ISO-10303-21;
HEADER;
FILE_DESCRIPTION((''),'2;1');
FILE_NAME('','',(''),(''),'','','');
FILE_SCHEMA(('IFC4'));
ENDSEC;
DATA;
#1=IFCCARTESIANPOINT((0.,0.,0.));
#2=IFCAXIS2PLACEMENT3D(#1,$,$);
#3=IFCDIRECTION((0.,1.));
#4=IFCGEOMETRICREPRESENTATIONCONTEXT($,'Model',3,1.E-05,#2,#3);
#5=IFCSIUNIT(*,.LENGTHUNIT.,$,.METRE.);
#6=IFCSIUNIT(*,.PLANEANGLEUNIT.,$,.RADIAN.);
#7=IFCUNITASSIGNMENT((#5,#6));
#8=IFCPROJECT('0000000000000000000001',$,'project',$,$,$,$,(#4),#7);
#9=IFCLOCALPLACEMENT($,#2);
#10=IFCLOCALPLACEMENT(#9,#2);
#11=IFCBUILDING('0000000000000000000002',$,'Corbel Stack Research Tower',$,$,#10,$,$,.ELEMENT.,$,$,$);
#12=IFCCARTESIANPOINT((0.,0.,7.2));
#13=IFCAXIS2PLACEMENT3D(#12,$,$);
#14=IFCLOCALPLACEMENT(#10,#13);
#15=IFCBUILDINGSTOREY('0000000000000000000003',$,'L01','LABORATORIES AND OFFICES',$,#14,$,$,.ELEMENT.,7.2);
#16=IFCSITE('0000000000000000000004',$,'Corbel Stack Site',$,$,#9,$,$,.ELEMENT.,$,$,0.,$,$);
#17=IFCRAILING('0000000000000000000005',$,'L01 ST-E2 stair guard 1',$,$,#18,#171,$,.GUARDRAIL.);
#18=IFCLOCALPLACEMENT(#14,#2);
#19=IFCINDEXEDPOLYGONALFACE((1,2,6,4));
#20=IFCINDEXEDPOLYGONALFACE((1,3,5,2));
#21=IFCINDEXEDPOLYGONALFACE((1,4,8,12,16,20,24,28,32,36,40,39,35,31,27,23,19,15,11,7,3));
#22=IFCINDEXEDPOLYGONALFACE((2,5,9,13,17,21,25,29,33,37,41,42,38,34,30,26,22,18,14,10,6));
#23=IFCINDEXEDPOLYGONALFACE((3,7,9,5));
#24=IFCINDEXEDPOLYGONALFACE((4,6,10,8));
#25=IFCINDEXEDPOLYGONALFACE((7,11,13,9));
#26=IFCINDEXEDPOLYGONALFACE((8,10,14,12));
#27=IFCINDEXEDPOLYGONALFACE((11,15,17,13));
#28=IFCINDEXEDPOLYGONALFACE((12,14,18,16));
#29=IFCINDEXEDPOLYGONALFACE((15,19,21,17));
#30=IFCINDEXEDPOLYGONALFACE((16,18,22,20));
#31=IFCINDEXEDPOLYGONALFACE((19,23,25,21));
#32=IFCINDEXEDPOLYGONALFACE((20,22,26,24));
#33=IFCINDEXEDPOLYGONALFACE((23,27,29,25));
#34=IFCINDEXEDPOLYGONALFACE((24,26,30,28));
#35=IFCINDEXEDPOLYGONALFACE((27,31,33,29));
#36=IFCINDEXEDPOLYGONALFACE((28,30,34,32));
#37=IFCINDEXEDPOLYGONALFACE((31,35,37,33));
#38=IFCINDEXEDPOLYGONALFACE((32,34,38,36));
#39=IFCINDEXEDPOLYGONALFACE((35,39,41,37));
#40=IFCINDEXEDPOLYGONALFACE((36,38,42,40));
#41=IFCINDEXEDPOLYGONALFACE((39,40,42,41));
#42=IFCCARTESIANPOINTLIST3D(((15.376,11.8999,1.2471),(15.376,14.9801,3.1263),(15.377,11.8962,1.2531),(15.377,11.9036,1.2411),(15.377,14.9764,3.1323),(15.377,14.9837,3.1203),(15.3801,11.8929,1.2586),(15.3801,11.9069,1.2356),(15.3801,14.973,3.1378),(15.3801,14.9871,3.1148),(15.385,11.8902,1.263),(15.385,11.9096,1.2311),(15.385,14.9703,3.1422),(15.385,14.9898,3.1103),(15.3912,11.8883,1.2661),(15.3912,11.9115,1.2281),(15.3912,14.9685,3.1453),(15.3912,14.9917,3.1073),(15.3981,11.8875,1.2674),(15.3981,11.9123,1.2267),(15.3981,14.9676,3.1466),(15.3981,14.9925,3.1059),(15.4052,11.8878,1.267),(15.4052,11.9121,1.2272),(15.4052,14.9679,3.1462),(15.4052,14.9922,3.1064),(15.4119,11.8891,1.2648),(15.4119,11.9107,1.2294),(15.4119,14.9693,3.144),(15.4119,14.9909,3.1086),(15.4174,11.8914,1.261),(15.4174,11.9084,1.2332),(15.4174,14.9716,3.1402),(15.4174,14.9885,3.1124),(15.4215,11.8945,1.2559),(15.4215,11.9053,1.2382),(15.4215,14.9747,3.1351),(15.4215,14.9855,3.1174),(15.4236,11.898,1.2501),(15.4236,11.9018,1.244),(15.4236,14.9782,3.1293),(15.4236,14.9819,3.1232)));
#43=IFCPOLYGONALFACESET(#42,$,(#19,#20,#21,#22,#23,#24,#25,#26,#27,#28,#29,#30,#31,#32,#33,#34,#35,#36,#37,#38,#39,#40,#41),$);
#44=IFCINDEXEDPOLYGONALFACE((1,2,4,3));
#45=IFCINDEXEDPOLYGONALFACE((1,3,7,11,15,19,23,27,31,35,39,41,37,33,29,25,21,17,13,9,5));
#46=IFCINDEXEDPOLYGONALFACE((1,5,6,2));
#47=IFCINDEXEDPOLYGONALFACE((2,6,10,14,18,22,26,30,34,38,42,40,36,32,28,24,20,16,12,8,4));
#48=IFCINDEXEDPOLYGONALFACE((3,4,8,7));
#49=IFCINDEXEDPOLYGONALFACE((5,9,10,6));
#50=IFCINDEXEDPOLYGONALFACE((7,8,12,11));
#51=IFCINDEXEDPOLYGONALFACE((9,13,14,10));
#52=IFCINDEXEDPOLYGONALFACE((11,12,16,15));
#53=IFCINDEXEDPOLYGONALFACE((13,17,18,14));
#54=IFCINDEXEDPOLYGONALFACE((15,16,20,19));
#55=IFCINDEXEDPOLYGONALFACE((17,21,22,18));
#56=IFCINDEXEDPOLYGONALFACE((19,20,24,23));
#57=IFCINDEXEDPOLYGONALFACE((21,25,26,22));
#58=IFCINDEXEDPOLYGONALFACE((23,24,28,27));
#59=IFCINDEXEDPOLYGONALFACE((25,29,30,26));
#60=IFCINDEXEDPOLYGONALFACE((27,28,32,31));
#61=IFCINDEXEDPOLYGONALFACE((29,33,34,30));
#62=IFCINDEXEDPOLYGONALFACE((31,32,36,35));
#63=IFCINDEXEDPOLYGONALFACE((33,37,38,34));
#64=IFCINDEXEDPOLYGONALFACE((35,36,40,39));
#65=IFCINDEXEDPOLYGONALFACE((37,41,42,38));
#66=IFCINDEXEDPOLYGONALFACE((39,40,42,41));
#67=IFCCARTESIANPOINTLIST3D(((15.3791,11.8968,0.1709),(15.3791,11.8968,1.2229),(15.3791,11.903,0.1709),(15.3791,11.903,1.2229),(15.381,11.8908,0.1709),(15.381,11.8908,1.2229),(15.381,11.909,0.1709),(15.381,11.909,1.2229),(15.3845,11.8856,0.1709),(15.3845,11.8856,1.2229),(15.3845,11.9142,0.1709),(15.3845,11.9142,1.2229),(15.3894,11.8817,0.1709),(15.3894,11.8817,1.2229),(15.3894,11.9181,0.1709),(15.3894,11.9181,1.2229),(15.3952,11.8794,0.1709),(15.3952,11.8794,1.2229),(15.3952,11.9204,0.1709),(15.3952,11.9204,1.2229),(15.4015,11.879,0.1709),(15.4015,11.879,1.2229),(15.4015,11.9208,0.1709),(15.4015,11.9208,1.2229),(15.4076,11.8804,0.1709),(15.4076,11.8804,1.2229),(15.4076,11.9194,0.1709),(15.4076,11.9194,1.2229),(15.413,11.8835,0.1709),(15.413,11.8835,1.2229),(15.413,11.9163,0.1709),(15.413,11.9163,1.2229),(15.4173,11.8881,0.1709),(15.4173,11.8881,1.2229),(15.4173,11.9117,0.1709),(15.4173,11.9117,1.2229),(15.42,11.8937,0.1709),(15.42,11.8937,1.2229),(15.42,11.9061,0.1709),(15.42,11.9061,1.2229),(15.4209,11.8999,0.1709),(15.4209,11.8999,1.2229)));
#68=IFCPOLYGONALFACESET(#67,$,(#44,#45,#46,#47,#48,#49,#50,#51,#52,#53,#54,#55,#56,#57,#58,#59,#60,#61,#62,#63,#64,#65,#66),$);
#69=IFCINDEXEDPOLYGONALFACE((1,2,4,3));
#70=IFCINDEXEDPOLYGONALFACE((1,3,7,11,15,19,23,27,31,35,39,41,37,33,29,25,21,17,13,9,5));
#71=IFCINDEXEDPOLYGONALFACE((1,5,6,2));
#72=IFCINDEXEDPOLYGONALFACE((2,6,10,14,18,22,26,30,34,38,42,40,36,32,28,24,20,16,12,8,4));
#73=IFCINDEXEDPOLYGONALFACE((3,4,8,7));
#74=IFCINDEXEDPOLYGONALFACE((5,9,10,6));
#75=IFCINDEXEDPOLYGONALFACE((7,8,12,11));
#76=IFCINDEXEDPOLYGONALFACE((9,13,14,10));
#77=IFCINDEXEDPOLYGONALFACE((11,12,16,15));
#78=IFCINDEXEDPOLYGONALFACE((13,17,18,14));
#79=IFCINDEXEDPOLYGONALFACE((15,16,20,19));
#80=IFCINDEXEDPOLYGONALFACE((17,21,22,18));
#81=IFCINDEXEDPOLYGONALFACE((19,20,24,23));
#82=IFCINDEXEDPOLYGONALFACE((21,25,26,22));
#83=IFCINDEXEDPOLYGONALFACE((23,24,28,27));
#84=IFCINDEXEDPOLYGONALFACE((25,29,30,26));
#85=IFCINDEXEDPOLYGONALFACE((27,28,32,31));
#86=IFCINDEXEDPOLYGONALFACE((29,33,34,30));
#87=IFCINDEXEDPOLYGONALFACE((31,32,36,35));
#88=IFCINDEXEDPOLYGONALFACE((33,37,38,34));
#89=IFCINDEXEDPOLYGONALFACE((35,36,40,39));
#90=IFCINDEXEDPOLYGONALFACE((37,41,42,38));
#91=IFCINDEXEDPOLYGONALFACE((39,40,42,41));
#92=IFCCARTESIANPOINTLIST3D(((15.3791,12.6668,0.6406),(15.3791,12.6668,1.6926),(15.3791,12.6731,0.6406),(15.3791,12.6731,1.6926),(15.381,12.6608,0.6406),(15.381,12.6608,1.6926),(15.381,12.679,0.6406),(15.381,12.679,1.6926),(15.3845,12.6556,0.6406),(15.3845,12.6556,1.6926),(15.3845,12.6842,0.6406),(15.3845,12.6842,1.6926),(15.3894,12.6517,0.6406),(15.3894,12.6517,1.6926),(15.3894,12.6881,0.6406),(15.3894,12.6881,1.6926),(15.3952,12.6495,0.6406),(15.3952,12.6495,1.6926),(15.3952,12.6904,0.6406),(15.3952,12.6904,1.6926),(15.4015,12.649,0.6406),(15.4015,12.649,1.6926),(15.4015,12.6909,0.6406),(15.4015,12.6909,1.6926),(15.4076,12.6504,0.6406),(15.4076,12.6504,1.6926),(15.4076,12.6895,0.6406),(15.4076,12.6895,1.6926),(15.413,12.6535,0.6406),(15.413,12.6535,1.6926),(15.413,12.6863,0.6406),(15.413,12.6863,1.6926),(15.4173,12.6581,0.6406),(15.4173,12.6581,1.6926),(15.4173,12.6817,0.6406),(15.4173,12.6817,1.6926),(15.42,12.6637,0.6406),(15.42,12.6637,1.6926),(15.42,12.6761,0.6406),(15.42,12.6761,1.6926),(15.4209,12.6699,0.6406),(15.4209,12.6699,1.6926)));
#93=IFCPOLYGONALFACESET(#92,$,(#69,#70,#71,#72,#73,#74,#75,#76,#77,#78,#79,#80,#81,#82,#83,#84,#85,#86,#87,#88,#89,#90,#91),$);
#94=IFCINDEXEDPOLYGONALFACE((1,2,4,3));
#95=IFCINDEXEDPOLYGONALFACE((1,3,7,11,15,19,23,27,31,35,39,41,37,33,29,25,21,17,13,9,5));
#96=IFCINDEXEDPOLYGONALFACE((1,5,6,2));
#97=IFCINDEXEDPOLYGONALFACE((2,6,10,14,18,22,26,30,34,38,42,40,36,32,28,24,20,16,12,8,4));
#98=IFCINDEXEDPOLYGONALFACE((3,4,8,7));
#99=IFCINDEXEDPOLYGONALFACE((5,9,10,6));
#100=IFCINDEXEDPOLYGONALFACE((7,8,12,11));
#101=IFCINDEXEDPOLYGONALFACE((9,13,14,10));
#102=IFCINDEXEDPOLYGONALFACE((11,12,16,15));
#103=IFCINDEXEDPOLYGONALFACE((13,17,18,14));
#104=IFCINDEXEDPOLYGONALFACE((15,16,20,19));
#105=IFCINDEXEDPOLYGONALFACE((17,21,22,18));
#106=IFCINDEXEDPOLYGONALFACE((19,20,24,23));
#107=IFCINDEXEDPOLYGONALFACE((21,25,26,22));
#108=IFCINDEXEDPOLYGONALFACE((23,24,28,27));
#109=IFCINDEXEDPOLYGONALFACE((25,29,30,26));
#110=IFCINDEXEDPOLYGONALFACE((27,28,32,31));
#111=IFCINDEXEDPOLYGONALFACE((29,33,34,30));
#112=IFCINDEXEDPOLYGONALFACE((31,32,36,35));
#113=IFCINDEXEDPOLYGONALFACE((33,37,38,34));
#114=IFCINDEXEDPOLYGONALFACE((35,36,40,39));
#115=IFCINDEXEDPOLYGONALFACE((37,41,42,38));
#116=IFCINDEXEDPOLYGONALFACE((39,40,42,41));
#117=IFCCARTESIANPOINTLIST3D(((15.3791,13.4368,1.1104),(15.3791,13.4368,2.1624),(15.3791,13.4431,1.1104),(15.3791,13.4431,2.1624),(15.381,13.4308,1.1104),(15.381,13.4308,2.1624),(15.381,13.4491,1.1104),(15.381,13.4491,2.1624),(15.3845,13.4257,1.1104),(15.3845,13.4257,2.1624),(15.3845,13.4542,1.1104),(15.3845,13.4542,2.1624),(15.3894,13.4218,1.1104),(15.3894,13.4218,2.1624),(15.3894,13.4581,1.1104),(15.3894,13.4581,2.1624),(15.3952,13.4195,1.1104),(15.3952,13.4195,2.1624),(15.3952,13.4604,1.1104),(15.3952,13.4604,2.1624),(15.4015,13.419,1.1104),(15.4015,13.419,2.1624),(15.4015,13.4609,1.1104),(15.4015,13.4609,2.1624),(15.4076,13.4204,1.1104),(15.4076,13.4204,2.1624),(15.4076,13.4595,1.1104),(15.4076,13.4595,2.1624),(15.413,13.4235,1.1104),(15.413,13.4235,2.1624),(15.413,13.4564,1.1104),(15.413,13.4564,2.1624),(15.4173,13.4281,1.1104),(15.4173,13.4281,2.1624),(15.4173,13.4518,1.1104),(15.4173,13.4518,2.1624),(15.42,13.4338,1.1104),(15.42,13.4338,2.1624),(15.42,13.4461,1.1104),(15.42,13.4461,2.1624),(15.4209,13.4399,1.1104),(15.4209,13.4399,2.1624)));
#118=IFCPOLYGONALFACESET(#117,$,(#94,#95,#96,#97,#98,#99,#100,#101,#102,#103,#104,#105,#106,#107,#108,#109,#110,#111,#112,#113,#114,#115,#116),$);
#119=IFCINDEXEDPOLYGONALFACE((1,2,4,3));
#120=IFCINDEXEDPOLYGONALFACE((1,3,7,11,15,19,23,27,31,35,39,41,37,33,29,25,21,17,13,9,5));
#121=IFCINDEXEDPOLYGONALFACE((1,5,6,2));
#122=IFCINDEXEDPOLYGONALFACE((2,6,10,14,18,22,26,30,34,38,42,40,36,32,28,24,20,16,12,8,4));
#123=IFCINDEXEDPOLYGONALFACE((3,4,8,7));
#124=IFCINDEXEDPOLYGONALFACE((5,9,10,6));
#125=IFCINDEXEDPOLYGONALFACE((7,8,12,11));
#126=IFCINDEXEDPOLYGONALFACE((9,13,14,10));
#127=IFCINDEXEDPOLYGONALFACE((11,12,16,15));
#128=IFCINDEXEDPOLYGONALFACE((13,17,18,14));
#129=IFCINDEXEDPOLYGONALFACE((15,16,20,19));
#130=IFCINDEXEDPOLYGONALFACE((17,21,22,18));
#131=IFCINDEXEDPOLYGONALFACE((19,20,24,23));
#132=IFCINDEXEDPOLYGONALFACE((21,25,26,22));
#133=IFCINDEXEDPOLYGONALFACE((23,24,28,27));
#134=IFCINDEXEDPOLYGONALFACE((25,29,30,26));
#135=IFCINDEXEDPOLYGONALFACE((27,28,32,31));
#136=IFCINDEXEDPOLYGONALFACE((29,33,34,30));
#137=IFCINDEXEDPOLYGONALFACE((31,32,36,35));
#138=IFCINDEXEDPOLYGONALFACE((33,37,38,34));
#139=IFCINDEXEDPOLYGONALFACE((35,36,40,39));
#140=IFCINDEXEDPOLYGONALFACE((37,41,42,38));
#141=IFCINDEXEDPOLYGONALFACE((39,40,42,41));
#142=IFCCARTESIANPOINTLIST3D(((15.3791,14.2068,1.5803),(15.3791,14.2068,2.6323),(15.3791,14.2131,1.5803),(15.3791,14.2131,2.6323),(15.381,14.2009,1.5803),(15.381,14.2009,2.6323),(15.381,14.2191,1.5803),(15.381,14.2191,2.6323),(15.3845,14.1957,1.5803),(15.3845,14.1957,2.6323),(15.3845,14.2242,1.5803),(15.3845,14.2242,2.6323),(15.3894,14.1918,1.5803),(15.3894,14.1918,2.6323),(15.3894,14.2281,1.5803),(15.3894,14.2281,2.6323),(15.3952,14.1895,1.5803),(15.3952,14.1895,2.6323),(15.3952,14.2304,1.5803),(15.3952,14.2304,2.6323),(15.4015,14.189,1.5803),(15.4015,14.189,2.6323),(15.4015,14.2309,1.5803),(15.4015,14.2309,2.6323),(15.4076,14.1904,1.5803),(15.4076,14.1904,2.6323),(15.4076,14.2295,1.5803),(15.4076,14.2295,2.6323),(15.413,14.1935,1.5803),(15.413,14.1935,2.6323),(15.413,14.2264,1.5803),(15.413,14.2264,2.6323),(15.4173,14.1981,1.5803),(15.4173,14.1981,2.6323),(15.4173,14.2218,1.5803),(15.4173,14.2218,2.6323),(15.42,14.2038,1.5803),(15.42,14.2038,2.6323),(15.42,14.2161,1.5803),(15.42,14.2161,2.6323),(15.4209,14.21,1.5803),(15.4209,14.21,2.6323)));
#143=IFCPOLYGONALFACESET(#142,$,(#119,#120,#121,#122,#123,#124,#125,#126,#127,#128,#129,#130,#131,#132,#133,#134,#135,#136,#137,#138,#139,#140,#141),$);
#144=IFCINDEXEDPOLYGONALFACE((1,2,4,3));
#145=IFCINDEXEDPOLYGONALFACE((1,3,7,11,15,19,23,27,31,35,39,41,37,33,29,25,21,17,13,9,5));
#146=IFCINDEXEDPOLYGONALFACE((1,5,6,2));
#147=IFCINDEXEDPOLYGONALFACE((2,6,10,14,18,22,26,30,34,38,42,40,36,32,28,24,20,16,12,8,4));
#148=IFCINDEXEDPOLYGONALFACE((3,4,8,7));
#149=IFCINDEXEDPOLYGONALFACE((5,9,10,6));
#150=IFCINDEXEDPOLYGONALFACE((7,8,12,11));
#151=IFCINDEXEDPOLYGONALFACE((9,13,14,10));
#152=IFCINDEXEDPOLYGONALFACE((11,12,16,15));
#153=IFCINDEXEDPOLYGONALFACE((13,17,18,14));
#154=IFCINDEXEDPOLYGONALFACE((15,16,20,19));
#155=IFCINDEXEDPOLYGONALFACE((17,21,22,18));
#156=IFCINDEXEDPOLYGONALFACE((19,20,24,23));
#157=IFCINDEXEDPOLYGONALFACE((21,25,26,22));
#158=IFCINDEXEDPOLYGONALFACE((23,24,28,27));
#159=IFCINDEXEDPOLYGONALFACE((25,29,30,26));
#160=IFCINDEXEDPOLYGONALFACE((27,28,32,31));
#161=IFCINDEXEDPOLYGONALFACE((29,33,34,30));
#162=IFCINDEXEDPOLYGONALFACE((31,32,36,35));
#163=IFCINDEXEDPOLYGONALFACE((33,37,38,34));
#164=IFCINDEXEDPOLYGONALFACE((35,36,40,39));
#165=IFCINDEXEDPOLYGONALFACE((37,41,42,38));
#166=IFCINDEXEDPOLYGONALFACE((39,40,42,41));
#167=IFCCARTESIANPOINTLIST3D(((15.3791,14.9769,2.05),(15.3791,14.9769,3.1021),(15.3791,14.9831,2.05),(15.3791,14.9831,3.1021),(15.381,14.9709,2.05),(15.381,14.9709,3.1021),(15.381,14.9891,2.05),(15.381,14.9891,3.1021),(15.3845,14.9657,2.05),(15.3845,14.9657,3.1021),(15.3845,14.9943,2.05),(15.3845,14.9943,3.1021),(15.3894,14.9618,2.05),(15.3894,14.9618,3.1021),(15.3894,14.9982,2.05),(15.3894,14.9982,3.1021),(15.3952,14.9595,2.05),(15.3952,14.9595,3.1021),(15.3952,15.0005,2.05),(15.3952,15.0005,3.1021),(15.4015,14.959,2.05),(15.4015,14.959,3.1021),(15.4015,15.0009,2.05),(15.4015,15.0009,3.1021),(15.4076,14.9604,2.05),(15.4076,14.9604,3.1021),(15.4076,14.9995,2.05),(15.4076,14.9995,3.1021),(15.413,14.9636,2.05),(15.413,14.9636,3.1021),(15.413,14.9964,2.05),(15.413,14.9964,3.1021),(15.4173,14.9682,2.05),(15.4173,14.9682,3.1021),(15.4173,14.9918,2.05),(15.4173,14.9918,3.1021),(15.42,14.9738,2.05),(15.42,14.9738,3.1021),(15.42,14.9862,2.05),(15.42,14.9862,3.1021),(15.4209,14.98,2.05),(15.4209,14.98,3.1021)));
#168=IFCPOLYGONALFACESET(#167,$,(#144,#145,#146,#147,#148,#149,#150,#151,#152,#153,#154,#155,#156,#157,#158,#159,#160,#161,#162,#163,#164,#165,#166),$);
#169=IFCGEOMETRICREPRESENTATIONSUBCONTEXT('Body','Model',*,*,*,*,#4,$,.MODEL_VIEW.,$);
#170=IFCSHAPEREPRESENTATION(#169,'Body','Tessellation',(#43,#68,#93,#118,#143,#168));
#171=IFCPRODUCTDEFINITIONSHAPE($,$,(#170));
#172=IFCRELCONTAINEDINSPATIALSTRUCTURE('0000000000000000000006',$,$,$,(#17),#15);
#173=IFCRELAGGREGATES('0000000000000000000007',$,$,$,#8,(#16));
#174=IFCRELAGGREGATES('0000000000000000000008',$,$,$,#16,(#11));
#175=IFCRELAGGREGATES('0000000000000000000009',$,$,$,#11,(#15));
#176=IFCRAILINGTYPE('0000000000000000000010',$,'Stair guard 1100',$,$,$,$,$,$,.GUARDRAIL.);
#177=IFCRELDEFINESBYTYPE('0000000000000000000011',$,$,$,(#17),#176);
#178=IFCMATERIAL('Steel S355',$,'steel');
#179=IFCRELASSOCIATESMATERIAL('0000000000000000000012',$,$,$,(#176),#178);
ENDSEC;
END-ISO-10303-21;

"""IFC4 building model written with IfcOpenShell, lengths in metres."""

from ifc_helpers import new_model, si_unit, direction, frame, origin, origin_2d, place, context, subcontext, project, spatial, circle, extrude, material, type_object, element, save


model = new_model("IFC4")

# Units and contexts
model_context = context("Model", 3, precision=1e-05, world=origin(), true_north=direction((0.0, 1.0)))
body_context = subcontext(model_context, "Body", "Model", "MODEL_VIEW")
ifc_project = project(units=[si_unit("LENGTHUNIT", "METRE"), si_unit("PLANEANGLEUNIT", "RADIAN")], contexts=[model_context])

# Site, building, storey
site_placement = place(None, origin())
site = spatial("IfcSite", under=ifc_project, at=site_placement, Name="Corbel Stack Site", CompositionType="ELEMENT", RefElevation=0.0)
building_placement = place(site_placement, origin())
building = spatial("IfcBuilding", under=site, at=building_placement, Name="Corbel Stack Research Tower", CompositionType="ELEMENT")
storey_placement = place(building_placement, frame((0.0, 0.0, 7.2)))
storey = spatial("IfcBuildingStorey", under=building, at=storey_placement, Name="L01", Description="LABORATORIES AND OFFICES", CompositionType="ELEMENT", Elevation=7.2)

# Railing
ifc_material_1 = material(Name="Steel S355", Category="steel")
railing_type_1 = type_object("IfcRailingType", Name="Stair guard 1100", PredefinedType="GUARDRAIL", material=ifc_material_1)
railing_1_placement = place(storey_placement, frame((15.3999, 11.8999, 0.1709)))
element("IfcRailing", 1, at=railing_1_placement, inside=storey, type_object=railing_type_1, Name="L01 ST-E2 stair guard 1", PredefinedType="GUARDRAIL", context=body_context, shape_type="SweptSolid", body=[
    extrude(circle(Radius=0.0239, at=origin_2d()), frame((0.0, 0.0, 1.0762), z_axis=(0.0, 0.853666, 0.52082), x_axis=(-1.0, 0.0, 0.0)), (0.0, 0.0, 1.0), 3.6082),
    extrude(circle(Radius=0.021, at=origin_2d()), origin(), (0.0, 0.0, 1.0), 1.052),
    extrude(circle(Radius=0.021, at=origin_2d()), frame((0.0, 0.77, 0.4697)), (0.0, 0.0, 1.0), 1.052),
    extrude(circle(Radius=0.021, at=origin_2d()), frame((0.0, 1.54, 0.9395)), (0.0, 0.0, 1.0), 1.052),
    extrude(circle(Radius=0.021, at=origin_2d()), frame((0.0, 2.3101, 1.4094)), (0.0, 0.0, 1.0), 1.052),
    extrude(circle(Radius=0.021, at=origin_2d()), frame((0.0, 3.0801, 1.8792)), (0.0, 0.0, 1.0), 1.052),
])

save(model, "model.ifc")
